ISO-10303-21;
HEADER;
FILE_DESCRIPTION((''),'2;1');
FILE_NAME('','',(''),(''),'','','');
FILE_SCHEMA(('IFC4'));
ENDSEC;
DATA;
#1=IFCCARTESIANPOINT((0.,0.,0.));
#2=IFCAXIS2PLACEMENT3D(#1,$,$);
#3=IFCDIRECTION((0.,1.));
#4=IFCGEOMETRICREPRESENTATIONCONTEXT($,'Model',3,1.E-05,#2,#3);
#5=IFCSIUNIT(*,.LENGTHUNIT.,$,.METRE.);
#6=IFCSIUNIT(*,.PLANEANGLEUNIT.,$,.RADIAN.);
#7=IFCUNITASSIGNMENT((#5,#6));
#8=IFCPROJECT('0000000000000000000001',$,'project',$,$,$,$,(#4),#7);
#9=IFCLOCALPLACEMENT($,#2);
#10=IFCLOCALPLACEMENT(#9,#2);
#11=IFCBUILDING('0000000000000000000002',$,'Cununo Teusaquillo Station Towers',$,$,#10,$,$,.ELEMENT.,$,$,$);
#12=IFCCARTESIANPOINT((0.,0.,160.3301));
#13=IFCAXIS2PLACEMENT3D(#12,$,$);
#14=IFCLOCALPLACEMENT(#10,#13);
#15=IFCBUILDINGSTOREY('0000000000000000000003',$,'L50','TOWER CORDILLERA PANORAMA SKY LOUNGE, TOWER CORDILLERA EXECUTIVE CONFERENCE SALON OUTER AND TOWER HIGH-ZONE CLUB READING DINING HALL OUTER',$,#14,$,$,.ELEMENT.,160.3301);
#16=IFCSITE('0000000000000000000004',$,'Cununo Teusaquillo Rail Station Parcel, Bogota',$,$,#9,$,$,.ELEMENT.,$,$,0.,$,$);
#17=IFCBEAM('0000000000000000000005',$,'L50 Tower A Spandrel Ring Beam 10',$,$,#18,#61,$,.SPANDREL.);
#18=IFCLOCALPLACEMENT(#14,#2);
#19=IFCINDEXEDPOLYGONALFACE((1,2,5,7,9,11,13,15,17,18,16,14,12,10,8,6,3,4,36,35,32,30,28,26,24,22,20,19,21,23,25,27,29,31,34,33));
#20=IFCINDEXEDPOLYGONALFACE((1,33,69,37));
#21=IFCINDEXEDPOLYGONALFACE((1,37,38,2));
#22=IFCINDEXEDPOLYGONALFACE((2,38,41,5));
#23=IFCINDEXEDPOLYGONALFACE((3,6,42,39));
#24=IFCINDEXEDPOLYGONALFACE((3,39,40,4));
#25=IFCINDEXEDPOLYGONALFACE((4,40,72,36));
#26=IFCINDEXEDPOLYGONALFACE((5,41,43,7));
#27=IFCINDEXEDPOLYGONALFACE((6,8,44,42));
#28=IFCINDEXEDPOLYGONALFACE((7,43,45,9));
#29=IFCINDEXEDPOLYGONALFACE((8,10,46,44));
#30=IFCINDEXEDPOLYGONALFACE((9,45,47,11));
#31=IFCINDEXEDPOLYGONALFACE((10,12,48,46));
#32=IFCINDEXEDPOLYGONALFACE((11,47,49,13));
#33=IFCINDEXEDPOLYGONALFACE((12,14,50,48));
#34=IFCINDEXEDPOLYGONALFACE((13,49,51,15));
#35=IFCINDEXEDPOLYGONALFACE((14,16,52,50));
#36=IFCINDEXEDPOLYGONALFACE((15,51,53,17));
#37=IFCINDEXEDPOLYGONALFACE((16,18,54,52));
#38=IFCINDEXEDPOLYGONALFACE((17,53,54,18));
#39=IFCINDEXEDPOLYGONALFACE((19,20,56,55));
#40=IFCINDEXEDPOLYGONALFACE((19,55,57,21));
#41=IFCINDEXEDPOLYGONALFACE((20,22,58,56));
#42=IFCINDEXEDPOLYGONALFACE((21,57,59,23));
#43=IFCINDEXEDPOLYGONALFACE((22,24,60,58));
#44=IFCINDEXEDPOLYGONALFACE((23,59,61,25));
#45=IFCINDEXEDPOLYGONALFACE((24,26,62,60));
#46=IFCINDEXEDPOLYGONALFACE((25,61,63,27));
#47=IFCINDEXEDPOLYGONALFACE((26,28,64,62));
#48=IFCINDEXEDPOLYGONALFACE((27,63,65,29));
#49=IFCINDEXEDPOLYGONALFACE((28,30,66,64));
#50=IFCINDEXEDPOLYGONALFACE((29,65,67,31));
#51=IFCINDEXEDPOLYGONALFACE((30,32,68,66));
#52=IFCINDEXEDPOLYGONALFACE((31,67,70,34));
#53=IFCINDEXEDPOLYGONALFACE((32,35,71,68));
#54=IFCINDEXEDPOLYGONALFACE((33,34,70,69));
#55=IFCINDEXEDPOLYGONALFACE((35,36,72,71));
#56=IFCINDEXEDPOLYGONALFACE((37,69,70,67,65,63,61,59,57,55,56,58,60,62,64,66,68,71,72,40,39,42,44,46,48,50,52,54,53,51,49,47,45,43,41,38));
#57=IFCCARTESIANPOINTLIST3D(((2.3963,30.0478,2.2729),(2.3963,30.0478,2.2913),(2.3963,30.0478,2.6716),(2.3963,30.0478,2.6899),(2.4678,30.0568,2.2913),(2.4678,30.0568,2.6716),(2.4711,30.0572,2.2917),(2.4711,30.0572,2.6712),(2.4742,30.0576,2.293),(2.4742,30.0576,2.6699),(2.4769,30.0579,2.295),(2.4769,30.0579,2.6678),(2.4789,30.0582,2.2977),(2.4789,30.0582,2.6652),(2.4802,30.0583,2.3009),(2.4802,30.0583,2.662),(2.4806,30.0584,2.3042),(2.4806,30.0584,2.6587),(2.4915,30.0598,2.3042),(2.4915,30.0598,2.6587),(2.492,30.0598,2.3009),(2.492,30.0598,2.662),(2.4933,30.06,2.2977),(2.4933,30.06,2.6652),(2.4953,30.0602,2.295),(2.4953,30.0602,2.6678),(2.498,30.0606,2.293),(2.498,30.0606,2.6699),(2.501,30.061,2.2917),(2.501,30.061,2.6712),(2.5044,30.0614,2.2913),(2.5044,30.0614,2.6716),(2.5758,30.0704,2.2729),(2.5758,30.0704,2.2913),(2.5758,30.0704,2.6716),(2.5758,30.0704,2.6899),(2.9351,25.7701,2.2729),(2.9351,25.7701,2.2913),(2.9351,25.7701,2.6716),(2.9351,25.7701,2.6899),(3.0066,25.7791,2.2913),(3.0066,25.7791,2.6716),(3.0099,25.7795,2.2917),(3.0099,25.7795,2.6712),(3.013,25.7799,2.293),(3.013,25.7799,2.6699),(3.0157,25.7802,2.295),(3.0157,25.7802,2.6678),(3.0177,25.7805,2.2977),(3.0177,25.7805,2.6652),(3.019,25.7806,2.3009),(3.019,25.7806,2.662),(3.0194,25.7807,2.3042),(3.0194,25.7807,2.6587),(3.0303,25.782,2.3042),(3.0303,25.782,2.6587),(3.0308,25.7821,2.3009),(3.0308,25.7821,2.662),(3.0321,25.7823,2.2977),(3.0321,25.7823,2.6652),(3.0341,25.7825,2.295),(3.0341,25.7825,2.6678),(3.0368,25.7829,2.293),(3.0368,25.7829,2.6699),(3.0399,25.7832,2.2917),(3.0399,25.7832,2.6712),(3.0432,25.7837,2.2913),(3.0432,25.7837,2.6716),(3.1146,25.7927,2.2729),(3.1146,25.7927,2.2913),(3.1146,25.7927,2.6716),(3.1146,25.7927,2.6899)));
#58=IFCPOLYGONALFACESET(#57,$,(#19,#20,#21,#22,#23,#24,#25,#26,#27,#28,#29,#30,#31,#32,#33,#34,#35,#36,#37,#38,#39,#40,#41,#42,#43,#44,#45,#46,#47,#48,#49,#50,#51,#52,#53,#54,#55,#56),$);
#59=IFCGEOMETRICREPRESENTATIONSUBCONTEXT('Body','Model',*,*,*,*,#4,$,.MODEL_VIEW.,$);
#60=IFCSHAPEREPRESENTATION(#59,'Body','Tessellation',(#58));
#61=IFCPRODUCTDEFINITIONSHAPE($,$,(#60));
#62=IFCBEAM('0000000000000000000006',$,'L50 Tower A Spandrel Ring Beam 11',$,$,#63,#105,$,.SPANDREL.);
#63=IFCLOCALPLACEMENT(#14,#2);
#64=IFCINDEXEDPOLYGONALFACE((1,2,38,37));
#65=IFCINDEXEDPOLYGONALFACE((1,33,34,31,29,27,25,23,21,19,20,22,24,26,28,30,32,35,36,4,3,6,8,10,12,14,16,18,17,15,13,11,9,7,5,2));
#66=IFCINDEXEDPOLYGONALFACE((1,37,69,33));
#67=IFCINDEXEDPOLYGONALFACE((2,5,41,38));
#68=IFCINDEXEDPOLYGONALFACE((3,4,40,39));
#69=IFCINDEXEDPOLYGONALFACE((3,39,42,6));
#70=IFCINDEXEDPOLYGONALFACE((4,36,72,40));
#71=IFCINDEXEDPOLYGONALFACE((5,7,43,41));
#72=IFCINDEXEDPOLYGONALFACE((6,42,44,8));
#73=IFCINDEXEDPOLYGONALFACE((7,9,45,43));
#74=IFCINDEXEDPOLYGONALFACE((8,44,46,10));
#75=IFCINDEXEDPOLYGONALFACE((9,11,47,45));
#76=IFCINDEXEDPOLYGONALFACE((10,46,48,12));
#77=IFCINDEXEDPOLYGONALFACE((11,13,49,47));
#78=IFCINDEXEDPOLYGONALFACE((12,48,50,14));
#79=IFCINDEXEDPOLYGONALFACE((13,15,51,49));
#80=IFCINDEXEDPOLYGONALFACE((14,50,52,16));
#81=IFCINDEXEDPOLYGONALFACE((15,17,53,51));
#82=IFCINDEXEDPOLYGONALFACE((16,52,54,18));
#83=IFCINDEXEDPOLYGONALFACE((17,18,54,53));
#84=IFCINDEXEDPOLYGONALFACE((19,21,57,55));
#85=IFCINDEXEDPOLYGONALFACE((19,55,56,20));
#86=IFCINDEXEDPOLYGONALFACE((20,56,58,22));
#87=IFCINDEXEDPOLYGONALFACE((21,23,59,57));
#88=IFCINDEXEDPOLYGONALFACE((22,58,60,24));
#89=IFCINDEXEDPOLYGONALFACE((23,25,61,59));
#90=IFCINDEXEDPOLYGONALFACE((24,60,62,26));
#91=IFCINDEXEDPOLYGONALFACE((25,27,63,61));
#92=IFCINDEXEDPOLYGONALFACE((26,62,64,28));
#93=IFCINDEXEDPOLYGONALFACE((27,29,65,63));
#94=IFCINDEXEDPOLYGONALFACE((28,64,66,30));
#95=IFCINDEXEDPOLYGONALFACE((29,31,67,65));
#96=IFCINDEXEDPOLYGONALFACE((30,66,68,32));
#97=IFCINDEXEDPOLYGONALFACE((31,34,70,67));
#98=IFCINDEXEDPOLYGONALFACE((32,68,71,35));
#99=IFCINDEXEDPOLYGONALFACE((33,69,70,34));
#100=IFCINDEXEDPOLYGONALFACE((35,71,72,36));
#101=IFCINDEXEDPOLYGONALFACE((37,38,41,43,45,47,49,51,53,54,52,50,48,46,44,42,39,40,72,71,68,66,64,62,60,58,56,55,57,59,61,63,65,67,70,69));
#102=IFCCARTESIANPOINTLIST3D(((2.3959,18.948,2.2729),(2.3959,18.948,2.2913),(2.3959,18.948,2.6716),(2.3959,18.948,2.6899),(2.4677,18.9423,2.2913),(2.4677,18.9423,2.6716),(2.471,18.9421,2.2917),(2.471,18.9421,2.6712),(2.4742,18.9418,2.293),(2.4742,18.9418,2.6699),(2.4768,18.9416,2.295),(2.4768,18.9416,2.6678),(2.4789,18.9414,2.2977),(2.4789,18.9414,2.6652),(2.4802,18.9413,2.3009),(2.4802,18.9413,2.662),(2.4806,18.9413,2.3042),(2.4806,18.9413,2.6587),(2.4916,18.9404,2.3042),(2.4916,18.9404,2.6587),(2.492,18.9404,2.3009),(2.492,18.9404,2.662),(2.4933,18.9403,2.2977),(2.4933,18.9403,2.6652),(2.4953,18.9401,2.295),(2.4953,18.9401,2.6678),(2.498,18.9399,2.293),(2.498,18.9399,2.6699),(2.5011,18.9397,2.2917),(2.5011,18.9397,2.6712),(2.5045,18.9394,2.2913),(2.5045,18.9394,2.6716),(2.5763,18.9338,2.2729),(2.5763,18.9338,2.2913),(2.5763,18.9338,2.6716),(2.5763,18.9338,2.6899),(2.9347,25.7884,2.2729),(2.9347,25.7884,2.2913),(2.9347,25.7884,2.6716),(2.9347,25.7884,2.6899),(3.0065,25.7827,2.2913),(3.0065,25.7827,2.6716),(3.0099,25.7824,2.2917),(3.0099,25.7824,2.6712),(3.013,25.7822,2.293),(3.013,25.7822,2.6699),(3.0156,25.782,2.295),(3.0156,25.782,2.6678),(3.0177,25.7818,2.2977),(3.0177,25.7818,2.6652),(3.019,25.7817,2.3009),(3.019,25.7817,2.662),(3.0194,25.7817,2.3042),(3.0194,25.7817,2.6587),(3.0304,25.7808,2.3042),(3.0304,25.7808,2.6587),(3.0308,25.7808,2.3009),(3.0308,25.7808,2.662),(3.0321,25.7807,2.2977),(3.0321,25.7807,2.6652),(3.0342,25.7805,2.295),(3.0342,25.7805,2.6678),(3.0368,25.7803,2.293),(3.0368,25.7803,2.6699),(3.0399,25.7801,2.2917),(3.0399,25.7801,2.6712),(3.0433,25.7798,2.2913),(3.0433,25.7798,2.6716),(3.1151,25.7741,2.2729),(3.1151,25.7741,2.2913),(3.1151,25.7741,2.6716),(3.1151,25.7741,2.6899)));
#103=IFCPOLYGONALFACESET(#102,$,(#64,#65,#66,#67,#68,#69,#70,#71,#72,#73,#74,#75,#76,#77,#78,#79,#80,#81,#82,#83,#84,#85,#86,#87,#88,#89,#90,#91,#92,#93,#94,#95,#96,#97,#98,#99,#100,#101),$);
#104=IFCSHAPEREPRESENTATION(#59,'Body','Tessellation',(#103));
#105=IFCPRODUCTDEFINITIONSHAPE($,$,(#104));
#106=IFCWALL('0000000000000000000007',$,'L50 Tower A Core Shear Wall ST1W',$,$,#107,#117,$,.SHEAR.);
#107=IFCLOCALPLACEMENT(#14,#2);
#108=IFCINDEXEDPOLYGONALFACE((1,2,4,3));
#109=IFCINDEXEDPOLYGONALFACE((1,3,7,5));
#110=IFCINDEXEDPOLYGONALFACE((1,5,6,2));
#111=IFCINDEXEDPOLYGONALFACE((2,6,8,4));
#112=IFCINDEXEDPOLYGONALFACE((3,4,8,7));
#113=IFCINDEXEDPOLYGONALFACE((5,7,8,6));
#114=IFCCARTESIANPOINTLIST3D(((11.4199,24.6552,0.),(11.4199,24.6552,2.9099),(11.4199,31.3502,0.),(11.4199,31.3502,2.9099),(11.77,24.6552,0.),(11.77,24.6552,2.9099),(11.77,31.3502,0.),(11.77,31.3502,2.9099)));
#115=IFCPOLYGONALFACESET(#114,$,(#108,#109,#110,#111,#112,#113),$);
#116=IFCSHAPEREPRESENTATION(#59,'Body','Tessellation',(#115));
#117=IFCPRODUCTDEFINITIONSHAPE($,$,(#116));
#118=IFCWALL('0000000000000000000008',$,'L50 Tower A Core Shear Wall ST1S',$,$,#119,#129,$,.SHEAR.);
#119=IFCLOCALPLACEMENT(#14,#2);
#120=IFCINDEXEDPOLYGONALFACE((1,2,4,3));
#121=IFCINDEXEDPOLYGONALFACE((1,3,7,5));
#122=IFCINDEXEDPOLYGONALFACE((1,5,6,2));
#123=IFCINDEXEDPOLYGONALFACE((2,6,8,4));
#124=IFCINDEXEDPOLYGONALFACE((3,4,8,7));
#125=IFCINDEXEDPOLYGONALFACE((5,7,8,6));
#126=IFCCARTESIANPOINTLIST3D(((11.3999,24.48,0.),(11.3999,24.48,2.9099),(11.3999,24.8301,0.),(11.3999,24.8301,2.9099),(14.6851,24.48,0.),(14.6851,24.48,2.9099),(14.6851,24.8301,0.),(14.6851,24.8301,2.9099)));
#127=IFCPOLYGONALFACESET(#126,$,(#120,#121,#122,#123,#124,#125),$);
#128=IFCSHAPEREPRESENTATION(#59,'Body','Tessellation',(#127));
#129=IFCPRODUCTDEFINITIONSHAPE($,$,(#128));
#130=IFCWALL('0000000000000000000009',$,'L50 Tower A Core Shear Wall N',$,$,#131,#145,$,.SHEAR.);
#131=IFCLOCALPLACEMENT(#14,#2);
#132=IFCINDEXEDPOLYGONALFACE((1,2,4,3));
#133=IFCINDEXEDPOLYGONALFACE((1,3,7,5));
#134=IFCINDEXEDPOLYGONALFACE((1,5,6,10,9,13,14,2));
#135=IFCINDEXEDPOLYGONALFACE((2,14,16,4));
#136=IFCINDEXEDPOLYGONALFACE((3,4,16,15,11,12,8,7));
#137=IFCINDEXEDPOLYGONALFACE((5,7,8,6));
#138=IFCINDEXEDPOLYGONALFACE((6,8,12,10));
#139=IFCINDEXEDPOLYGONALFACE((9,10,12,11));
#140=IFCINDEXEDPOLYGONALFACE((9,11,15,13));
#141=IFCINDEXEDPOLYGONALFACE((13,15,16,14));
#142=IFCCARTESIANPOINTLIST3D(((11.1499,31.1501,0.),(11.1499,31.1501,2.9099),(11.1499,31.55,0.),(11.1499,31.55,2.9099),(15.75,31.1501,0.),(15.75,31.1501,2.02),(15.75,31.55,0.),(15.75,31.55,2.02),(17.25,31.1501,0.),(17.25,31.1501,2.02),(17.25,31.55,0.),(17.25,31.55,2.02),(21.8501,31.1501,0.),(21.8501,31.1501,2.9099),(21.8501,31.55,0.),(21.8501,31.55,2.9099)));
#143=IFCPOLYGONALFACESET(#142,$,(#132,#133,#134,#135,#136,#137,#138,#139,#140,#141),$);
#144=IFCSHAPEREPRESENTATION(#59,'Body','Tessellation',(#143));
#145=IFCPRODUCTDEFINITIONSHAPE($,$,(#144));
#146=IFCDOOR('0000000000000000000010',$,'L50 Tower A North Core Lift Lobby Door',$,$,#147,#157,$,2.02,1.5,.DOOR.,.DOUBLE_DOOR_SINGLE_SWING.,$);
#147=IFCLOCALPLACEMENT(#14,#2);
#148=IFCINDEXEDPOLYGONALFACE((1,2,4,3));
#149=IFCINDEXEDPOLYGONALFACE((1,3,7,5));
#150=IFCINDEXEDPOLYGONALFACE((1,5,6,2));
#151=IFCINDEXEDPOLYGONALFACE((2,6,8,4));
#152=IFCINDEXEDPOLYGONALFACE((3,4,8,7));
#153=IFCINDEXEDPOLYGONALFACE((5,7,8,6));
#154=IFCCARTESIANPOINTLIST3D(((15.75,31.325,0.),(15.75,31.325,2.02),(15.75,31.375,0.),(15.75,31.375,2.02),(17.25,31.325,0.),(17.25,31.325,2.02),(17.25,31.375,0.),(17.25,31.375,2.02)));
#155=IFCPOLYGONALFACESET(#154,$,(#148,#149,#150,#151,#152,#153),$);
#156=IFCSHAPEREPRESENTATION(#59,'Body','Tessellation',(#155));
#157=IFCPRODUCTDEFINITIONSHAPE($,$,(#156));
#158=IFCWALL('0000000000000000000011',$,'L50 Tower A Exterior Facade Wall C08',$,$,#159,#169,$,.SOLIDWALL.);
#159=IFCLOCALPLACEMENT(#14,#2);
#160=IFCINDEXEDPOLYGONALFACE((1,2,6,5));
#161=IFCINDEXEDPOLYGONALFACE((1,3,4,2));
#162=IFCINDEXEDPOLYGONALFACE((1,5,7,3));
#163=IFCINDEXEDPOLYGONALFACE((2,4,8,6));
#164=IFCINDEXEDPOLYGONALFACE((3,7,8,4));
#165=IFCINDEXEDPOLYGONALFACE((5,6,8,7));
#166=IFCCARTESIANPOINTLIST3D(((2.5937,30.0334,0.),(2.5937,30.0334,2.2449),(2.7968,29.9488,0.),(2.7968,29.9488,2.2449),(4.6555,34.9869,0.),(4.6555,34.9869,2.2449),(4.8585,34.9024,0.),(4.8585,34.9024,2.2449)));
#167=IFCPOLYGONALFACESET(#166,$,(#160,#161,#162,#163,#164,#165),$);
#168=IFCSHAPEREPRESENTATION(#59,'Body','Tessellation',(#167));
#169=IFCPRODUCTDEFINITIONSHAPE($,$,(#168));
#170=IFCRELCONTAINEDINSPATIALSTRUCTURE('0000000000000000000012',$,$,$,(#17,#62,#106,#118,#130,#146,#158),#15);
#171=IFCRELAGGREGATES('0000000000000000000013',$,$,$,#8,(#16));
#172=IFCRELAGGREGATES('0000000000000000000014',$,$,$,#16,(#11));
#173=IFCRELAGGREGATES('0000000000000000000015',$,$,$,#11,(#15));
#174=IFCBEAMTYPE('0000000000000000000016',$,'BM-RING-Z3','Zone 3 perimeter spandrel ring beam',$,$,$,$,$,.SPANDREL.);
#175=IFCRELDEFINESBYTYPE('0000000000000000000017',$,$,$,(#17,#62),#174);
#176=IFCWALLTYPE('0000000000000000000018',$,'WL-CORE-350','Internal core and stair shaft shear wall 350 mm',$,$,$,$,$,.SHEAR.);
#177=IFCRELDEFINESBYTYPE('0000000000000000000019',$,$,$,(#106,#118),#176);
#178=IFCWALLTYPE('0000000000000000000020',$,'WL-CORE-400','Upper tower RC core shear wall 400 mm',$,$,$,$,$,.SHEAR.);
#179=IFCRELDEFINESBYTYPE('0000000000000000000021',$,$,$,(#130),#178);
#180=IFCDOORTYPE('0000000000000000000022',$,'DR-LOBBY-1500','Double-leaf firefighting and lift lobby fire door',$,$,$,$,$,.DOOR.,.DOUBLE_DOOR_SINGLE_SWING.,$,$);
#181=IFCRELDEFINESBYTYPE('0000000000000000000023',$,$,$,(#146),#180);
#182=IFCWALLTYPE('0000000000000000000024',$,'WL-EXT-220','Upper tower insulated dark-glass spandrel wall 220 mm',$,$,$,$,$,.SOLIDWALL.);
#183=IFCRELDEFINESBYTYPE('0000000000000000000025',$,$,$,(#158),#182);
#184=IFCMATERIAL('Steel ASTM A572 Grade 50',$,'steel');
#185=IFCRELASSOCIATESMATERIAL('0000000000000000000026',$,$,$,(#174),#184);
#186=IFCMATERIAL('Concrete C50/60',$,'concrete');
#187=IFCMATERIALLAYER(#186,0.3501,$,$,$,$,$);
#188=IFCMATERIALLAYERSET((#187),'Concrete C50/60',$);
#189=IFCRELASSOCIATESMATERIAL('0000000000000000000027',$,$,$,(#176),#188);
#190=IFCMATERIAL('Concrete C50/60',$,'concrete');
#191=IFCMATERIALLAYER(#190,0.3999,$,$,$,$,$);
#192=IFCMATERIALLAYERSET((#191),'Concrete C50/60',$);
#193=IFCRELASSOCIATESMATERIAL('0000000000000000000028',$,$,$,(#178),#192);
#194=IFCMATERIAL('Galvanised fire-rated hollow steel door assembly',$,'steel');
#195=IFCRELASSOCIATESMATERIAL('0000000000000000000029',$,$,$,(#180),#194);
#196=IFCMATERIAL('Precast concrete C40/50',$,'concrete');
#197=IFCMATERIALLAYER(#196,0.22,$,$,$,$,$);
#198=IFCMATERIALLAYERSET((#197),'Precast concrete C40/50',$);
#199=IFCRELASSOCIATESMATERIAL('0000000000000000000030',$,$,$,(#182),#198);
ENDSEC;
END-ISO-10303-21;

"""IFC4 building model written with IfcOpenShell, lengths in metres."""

from ifc_helpers import new_model, si_unit, direction, frame, frame_2d, origin, origin_2d, place, context, subcontext, project, spatial, rectangle, i_section, extrude, source, transform, mapped, material, layer, layer_set, material_profile, profile_set, type_object, element, fill, save


model = new_model("IFC4")

# Units and contexts
model_context = context("Model", 3, precision=1e-05, world=origin(), true_north=direction((0.0, 1.0)))
body_context = subcontext(model_context, "Body", "Model", "MODEL_VIEW")
ifc_project = project(units=[si_unit("LENGTHUNIT", "METRE"), si_unit("PLANEANGLEUNIT", "RADIAN")], contexts=[model_context])

# Site, building, storey
site_placement = place(None, origin())
site = spatial("IfcSite", under=ifc_project, at=site_placement, Name="Cununo Teusaquillo Rail Station Parcel, Bogota", CompositionType="ELEMENT", RefElevation=0.0)
building_placement = place(site_placement, origin())
building = spatial("IfcBuilding", under=site, at=building_placement, Name="Cununo Teusaquillo Station Towers", CompositionType="ELEMENT")
storey_placement = place(building_placement, frame((0.0, 0.0, 160.3301)))
storey = spatial("IfcBuildingStorey", under=building, at=storey_placement, Name="L50", Description="TOWER CORDILLERA PANORAMA SKY LOUNGE, TOWER CORDILLERA EXECUTIVE CONFERENCE SALON OUTER AND TOWER HIGH-ZONE CLUB READING DINING HALL OUTER", CompositionType="ELEMENT", Elevation=160.3301)

# Beams
ifc_material_1 = material(Name="Steel ASTM A572 Grade 50", Category="steel")
ifc_material_profile_1 = material_profile(ifc_material_1, i_section(OverallWidth=0.1809, OverallDepth=0.417, WebThickness=0.011, FlangeThickness=0.0183, FilletRadius=0.0129, at=origin_2d()), Name="W16X57")
ifc_profile_set_1 = profile_set([ifc_material_profile_1], Name="Steel ASTM A572 Grade 50")
beam_type_1 = type_object("IfcBeamType", Name="BM-RING-Z3", Description="Zone 3 perimeter spandrel ring beam", PredefinedType="SPANDREL", material=ifc_profile_set_1)
beam_1_placement = place(storey_placement, frame((2.4861, 30.0591, 2.4814), z_axis=(0.124969, -0.992161, 0.0), x_axis=(0.992161, 0.124969, 0.0)))
element("IfcBeam", 1, at=beam_1_placement, inside=storey, type_object=beam_type_1, Name="L50 Tower A Spandrel Ring Beam 10", PredefinedType="SPANDREL", context=body_context, shape_type="SweptSolid", body=[
    extrude(i_section(OverallWidth=0.1809, OverallDepth=0.417, WebThickness=0.011, FlangeThickness=0.0183, FilletRadius=0.0129, at=origin_2d()), origin(), (0.0, 0.0, 1.0), 4.3115),
])
beam_2_placement = place(storey_placement, frame((3.0249, 25.7812, 2.4814), z_axis=(-0.078528, -0.996912, 0.0), x_axis=(0.996912, -0.078528, 0.0)))
element("IfcBeam", 2, at=beam_2_placement, inside=storey, type_object=beam_type_1, Name="L50 Tower A Spandrel Ring Beam 11", PredefinedType="SPANDREL", context=body_context, shape_type="SweptSolid", body=[
    extrude(i_section(OverallWidth=0.1809, OverallDepth=0.417, WebThickness=0.011, FlangeThickness=0.0183, FilletRadius=0.0129, at=origin_2d()), origin(), (0.0, 0.0, 1.0), 6.8616),
])

# Walls
ifc_material_2 = material(Name="Concrete C50/60", Category="concrete")
ifc_layer_1 = layer(ifc_material_2, 0.3501)
ifc_layer_set_1 = layer_set([ifc_layer_1], Name="Concrete C50/60")
wall_type_1 = type_object("IfcWallType", Name="WL-CORE-350", Description="Internal core and stair shaft shear wall 350 mm", PredefinedType="SHEAR", material=ifc_layer_set_1)
wall_1_placement = place(storey_placement, frame((11.595, 24.655, 0.0), z_axis=(0.0, 0.0, 1.0), x_axis=(0.0, 1.0, 0.0)))
element("IfcWall", 3, at=wall_1_placement, inside=storey, type_object=wall_type_1, Name="L50 Tower A Core Shear Wall ST1W", PredefinedType="SHEAR", context=body_context, shape_type="SweptSolid", body=[
    extrude(rectangle(XDim=6.6951, YDim=0.3501, at=frame_2d((3.3477, 0.0))), origin(), (0.0, 0.0, 1.0), 2.9099),
])
wall_2_placement = place(storey_placement, frame((11.3999, 24.655, 0.0), z_axis=(0.0, 0.0, 1.0), x_axis=(1.0, 0.0, 0.0)))
element("IfcWall", 4, at=wall_2_placement, inside=storey, type_object=wall_type_1, Name="L50 Tower A Core Shear Wall ST1S", PredefinedType="SHEAR", context=body_context, shape_type="SweptSolid", body=[
    extrude(rectangle(XDim=3.2852, YDim=0.3501, at=frame_2d((1.6426, 0.0))), origin(), (0.0, 0.0, 1.0), 2.9099),
])

# Wall, opening, door
ifc_material_3 = material(Name="Concrete C50/60", Category="concrete")
ifc_layer_2 = layer(ifc_material_3, 0.3999)
ifc_layer_set_2 = layer_set([ifc_layer_2], Name="Concrete C50/60")
wall_type_2 = type_object("IfcWallType", Name="WL-CORE-400", Description="Upper tower RC core shear wall 400 mm", PredefinedType="SHEAR", material=ifc_layer_set_2)
wall_3_placement = place(storey_placement, frame((11.1499, 31.3501, 0.0), z_axis=(0.0, 0.0, 1.0), x_axis=(1.0, 0.0, 0.0)))
wall_3 = element("IfcWall", 5, at=wall_3_placement, inside=storey, type_object=wall_type_2, Name="L50 Tower A Core Shear Wall N", PredefinedType="SHEAR", context=body_context, shape_type="SweptSolid", body=[
    extrude(rectangle(XDim=10.7002, YDim=0.3999, at=frame_2d((5.3501, 0.0))), origin(), (0.0, 0.0, 1.0), 2.9099),
])
shared_shape_1 = source(origin(), body_context, "Body", "SweptSolid", [
    extrude(rectangle(XDim=1.5, YDim=2.02, at=frame_2d((0.75, 1.01))), frame((0.0, 0.21, 0.0), z_axis=(0.0, -1.0, 0.0), x_axis=(1.0, 0.0, 0.0)), (0.0, 0.0, 1.0), 0.4199),
])
opening_1_placement = place(wall_3_placement, frame((4.6001, 0.0, 0.0)))
opening_1 = element("IfcOpeningElement", 6, at=opening_1_placement, cuts=wall_3, PredefinedType="OPENING", context=body_context, shape_type="MappedRepresentation", body=[
    mapped(shared_shape_1, transform((0.0, 0.0, 0.0), x_axis=(1.0, 0.0, 0.0), y_axis=(0.0, 1.0, 0.0), z_axis=(0.0, 0.0, 1.0), scale=1.0)),
])
ifc_material_4 = material(Name="Galvanised fire-rated hollow steel door assembly", Category="steel")
door_type_1 = type_object("IfcDoorType", Name="DR-LOBBY-1500", Description="Double-leaf firefighting and lift lobby fire door", OperationType="DOUBLE_DOOR_SINGLE_SWING", PredefinedType="DOOR", material=ifc_material_4)
shared_shape_2 = source(origin(), body_context, "Body", "SweptSolid", [
    extrude(rectangle(XDim=1.5, YDim=2.02, at=frame_2d((0.75, 1.01))), frame((0.0, 0.0249, 0.0), z_axis=(0.0, -1.0, 0.0), x_axis=(1.0, 0.0, 0.0)), (0.0, 0.0, 1.0), 0.05),
])
door_1_placement = place(opening_1_placement, origin())
door_1 = element("IfcDoor", 7, at=door_1_placement, inside=storey, type_object=door_type_1, Name="L50 Tower A North Core Lift Lobby Door", OperationType="DOUBLE_DOOR_SINGLE_SWING", OverallHeight=2.02, OverallWidth=1.5, PredefinedType="DOOR", context=body_context, shape_type="MappedRepresentation", body=[
    mapped(shared_shape_2, transform((0.0, 0.0, 0.0), x_axis=(1.0, 0.0, 0.0), y_axis=(0.0, 1.0, 0.0), z_axis=(0.0, 0.0, 1.0), scale=1.0)),
])
fill(opening_1, door_1)

# Wall
ifc_material_5 = material(Name="Precast concrete C40/50", Category="concrete")
ifc_layer_3 = layer(ifc_material_5, 0.22)
ifc_layer_set_3 = layer_set([ifc_layer_3], Name="Precast concrete C40/50")
wall_type_3 = type_object("IfcWallType", Name="WL-EXT-220", Description="Upper tower insulated dark-glass spandrel wall 220 mm", PredefinedType="SOLIDWALL", material=ifc_layer_set_3)
wall_4_placement = place(storey_placement, frame((2.6953, 29.9912, 0.0), z_axis=(0.0, 0.0, 1.0), x_axis=(0.38426, 0.923225, 0.0)))
element("IfcWall", 8, at=wall_4_placement, inside=storey, type_object=wall_type_3, Name="L50 Tower A Exterior Facade Wall C08", PredefinedType="SOLIDWALL", context=body_context, shape_type="SweptSolid", body=[
    extrude(rectangle(XDim=5.3655, YDim=0.22, at=frame_2d((2.6826, 0.0))), origin(), (0.0, 0.0, 1.0), 2.2449),
])

save(model, "model.ifc")
